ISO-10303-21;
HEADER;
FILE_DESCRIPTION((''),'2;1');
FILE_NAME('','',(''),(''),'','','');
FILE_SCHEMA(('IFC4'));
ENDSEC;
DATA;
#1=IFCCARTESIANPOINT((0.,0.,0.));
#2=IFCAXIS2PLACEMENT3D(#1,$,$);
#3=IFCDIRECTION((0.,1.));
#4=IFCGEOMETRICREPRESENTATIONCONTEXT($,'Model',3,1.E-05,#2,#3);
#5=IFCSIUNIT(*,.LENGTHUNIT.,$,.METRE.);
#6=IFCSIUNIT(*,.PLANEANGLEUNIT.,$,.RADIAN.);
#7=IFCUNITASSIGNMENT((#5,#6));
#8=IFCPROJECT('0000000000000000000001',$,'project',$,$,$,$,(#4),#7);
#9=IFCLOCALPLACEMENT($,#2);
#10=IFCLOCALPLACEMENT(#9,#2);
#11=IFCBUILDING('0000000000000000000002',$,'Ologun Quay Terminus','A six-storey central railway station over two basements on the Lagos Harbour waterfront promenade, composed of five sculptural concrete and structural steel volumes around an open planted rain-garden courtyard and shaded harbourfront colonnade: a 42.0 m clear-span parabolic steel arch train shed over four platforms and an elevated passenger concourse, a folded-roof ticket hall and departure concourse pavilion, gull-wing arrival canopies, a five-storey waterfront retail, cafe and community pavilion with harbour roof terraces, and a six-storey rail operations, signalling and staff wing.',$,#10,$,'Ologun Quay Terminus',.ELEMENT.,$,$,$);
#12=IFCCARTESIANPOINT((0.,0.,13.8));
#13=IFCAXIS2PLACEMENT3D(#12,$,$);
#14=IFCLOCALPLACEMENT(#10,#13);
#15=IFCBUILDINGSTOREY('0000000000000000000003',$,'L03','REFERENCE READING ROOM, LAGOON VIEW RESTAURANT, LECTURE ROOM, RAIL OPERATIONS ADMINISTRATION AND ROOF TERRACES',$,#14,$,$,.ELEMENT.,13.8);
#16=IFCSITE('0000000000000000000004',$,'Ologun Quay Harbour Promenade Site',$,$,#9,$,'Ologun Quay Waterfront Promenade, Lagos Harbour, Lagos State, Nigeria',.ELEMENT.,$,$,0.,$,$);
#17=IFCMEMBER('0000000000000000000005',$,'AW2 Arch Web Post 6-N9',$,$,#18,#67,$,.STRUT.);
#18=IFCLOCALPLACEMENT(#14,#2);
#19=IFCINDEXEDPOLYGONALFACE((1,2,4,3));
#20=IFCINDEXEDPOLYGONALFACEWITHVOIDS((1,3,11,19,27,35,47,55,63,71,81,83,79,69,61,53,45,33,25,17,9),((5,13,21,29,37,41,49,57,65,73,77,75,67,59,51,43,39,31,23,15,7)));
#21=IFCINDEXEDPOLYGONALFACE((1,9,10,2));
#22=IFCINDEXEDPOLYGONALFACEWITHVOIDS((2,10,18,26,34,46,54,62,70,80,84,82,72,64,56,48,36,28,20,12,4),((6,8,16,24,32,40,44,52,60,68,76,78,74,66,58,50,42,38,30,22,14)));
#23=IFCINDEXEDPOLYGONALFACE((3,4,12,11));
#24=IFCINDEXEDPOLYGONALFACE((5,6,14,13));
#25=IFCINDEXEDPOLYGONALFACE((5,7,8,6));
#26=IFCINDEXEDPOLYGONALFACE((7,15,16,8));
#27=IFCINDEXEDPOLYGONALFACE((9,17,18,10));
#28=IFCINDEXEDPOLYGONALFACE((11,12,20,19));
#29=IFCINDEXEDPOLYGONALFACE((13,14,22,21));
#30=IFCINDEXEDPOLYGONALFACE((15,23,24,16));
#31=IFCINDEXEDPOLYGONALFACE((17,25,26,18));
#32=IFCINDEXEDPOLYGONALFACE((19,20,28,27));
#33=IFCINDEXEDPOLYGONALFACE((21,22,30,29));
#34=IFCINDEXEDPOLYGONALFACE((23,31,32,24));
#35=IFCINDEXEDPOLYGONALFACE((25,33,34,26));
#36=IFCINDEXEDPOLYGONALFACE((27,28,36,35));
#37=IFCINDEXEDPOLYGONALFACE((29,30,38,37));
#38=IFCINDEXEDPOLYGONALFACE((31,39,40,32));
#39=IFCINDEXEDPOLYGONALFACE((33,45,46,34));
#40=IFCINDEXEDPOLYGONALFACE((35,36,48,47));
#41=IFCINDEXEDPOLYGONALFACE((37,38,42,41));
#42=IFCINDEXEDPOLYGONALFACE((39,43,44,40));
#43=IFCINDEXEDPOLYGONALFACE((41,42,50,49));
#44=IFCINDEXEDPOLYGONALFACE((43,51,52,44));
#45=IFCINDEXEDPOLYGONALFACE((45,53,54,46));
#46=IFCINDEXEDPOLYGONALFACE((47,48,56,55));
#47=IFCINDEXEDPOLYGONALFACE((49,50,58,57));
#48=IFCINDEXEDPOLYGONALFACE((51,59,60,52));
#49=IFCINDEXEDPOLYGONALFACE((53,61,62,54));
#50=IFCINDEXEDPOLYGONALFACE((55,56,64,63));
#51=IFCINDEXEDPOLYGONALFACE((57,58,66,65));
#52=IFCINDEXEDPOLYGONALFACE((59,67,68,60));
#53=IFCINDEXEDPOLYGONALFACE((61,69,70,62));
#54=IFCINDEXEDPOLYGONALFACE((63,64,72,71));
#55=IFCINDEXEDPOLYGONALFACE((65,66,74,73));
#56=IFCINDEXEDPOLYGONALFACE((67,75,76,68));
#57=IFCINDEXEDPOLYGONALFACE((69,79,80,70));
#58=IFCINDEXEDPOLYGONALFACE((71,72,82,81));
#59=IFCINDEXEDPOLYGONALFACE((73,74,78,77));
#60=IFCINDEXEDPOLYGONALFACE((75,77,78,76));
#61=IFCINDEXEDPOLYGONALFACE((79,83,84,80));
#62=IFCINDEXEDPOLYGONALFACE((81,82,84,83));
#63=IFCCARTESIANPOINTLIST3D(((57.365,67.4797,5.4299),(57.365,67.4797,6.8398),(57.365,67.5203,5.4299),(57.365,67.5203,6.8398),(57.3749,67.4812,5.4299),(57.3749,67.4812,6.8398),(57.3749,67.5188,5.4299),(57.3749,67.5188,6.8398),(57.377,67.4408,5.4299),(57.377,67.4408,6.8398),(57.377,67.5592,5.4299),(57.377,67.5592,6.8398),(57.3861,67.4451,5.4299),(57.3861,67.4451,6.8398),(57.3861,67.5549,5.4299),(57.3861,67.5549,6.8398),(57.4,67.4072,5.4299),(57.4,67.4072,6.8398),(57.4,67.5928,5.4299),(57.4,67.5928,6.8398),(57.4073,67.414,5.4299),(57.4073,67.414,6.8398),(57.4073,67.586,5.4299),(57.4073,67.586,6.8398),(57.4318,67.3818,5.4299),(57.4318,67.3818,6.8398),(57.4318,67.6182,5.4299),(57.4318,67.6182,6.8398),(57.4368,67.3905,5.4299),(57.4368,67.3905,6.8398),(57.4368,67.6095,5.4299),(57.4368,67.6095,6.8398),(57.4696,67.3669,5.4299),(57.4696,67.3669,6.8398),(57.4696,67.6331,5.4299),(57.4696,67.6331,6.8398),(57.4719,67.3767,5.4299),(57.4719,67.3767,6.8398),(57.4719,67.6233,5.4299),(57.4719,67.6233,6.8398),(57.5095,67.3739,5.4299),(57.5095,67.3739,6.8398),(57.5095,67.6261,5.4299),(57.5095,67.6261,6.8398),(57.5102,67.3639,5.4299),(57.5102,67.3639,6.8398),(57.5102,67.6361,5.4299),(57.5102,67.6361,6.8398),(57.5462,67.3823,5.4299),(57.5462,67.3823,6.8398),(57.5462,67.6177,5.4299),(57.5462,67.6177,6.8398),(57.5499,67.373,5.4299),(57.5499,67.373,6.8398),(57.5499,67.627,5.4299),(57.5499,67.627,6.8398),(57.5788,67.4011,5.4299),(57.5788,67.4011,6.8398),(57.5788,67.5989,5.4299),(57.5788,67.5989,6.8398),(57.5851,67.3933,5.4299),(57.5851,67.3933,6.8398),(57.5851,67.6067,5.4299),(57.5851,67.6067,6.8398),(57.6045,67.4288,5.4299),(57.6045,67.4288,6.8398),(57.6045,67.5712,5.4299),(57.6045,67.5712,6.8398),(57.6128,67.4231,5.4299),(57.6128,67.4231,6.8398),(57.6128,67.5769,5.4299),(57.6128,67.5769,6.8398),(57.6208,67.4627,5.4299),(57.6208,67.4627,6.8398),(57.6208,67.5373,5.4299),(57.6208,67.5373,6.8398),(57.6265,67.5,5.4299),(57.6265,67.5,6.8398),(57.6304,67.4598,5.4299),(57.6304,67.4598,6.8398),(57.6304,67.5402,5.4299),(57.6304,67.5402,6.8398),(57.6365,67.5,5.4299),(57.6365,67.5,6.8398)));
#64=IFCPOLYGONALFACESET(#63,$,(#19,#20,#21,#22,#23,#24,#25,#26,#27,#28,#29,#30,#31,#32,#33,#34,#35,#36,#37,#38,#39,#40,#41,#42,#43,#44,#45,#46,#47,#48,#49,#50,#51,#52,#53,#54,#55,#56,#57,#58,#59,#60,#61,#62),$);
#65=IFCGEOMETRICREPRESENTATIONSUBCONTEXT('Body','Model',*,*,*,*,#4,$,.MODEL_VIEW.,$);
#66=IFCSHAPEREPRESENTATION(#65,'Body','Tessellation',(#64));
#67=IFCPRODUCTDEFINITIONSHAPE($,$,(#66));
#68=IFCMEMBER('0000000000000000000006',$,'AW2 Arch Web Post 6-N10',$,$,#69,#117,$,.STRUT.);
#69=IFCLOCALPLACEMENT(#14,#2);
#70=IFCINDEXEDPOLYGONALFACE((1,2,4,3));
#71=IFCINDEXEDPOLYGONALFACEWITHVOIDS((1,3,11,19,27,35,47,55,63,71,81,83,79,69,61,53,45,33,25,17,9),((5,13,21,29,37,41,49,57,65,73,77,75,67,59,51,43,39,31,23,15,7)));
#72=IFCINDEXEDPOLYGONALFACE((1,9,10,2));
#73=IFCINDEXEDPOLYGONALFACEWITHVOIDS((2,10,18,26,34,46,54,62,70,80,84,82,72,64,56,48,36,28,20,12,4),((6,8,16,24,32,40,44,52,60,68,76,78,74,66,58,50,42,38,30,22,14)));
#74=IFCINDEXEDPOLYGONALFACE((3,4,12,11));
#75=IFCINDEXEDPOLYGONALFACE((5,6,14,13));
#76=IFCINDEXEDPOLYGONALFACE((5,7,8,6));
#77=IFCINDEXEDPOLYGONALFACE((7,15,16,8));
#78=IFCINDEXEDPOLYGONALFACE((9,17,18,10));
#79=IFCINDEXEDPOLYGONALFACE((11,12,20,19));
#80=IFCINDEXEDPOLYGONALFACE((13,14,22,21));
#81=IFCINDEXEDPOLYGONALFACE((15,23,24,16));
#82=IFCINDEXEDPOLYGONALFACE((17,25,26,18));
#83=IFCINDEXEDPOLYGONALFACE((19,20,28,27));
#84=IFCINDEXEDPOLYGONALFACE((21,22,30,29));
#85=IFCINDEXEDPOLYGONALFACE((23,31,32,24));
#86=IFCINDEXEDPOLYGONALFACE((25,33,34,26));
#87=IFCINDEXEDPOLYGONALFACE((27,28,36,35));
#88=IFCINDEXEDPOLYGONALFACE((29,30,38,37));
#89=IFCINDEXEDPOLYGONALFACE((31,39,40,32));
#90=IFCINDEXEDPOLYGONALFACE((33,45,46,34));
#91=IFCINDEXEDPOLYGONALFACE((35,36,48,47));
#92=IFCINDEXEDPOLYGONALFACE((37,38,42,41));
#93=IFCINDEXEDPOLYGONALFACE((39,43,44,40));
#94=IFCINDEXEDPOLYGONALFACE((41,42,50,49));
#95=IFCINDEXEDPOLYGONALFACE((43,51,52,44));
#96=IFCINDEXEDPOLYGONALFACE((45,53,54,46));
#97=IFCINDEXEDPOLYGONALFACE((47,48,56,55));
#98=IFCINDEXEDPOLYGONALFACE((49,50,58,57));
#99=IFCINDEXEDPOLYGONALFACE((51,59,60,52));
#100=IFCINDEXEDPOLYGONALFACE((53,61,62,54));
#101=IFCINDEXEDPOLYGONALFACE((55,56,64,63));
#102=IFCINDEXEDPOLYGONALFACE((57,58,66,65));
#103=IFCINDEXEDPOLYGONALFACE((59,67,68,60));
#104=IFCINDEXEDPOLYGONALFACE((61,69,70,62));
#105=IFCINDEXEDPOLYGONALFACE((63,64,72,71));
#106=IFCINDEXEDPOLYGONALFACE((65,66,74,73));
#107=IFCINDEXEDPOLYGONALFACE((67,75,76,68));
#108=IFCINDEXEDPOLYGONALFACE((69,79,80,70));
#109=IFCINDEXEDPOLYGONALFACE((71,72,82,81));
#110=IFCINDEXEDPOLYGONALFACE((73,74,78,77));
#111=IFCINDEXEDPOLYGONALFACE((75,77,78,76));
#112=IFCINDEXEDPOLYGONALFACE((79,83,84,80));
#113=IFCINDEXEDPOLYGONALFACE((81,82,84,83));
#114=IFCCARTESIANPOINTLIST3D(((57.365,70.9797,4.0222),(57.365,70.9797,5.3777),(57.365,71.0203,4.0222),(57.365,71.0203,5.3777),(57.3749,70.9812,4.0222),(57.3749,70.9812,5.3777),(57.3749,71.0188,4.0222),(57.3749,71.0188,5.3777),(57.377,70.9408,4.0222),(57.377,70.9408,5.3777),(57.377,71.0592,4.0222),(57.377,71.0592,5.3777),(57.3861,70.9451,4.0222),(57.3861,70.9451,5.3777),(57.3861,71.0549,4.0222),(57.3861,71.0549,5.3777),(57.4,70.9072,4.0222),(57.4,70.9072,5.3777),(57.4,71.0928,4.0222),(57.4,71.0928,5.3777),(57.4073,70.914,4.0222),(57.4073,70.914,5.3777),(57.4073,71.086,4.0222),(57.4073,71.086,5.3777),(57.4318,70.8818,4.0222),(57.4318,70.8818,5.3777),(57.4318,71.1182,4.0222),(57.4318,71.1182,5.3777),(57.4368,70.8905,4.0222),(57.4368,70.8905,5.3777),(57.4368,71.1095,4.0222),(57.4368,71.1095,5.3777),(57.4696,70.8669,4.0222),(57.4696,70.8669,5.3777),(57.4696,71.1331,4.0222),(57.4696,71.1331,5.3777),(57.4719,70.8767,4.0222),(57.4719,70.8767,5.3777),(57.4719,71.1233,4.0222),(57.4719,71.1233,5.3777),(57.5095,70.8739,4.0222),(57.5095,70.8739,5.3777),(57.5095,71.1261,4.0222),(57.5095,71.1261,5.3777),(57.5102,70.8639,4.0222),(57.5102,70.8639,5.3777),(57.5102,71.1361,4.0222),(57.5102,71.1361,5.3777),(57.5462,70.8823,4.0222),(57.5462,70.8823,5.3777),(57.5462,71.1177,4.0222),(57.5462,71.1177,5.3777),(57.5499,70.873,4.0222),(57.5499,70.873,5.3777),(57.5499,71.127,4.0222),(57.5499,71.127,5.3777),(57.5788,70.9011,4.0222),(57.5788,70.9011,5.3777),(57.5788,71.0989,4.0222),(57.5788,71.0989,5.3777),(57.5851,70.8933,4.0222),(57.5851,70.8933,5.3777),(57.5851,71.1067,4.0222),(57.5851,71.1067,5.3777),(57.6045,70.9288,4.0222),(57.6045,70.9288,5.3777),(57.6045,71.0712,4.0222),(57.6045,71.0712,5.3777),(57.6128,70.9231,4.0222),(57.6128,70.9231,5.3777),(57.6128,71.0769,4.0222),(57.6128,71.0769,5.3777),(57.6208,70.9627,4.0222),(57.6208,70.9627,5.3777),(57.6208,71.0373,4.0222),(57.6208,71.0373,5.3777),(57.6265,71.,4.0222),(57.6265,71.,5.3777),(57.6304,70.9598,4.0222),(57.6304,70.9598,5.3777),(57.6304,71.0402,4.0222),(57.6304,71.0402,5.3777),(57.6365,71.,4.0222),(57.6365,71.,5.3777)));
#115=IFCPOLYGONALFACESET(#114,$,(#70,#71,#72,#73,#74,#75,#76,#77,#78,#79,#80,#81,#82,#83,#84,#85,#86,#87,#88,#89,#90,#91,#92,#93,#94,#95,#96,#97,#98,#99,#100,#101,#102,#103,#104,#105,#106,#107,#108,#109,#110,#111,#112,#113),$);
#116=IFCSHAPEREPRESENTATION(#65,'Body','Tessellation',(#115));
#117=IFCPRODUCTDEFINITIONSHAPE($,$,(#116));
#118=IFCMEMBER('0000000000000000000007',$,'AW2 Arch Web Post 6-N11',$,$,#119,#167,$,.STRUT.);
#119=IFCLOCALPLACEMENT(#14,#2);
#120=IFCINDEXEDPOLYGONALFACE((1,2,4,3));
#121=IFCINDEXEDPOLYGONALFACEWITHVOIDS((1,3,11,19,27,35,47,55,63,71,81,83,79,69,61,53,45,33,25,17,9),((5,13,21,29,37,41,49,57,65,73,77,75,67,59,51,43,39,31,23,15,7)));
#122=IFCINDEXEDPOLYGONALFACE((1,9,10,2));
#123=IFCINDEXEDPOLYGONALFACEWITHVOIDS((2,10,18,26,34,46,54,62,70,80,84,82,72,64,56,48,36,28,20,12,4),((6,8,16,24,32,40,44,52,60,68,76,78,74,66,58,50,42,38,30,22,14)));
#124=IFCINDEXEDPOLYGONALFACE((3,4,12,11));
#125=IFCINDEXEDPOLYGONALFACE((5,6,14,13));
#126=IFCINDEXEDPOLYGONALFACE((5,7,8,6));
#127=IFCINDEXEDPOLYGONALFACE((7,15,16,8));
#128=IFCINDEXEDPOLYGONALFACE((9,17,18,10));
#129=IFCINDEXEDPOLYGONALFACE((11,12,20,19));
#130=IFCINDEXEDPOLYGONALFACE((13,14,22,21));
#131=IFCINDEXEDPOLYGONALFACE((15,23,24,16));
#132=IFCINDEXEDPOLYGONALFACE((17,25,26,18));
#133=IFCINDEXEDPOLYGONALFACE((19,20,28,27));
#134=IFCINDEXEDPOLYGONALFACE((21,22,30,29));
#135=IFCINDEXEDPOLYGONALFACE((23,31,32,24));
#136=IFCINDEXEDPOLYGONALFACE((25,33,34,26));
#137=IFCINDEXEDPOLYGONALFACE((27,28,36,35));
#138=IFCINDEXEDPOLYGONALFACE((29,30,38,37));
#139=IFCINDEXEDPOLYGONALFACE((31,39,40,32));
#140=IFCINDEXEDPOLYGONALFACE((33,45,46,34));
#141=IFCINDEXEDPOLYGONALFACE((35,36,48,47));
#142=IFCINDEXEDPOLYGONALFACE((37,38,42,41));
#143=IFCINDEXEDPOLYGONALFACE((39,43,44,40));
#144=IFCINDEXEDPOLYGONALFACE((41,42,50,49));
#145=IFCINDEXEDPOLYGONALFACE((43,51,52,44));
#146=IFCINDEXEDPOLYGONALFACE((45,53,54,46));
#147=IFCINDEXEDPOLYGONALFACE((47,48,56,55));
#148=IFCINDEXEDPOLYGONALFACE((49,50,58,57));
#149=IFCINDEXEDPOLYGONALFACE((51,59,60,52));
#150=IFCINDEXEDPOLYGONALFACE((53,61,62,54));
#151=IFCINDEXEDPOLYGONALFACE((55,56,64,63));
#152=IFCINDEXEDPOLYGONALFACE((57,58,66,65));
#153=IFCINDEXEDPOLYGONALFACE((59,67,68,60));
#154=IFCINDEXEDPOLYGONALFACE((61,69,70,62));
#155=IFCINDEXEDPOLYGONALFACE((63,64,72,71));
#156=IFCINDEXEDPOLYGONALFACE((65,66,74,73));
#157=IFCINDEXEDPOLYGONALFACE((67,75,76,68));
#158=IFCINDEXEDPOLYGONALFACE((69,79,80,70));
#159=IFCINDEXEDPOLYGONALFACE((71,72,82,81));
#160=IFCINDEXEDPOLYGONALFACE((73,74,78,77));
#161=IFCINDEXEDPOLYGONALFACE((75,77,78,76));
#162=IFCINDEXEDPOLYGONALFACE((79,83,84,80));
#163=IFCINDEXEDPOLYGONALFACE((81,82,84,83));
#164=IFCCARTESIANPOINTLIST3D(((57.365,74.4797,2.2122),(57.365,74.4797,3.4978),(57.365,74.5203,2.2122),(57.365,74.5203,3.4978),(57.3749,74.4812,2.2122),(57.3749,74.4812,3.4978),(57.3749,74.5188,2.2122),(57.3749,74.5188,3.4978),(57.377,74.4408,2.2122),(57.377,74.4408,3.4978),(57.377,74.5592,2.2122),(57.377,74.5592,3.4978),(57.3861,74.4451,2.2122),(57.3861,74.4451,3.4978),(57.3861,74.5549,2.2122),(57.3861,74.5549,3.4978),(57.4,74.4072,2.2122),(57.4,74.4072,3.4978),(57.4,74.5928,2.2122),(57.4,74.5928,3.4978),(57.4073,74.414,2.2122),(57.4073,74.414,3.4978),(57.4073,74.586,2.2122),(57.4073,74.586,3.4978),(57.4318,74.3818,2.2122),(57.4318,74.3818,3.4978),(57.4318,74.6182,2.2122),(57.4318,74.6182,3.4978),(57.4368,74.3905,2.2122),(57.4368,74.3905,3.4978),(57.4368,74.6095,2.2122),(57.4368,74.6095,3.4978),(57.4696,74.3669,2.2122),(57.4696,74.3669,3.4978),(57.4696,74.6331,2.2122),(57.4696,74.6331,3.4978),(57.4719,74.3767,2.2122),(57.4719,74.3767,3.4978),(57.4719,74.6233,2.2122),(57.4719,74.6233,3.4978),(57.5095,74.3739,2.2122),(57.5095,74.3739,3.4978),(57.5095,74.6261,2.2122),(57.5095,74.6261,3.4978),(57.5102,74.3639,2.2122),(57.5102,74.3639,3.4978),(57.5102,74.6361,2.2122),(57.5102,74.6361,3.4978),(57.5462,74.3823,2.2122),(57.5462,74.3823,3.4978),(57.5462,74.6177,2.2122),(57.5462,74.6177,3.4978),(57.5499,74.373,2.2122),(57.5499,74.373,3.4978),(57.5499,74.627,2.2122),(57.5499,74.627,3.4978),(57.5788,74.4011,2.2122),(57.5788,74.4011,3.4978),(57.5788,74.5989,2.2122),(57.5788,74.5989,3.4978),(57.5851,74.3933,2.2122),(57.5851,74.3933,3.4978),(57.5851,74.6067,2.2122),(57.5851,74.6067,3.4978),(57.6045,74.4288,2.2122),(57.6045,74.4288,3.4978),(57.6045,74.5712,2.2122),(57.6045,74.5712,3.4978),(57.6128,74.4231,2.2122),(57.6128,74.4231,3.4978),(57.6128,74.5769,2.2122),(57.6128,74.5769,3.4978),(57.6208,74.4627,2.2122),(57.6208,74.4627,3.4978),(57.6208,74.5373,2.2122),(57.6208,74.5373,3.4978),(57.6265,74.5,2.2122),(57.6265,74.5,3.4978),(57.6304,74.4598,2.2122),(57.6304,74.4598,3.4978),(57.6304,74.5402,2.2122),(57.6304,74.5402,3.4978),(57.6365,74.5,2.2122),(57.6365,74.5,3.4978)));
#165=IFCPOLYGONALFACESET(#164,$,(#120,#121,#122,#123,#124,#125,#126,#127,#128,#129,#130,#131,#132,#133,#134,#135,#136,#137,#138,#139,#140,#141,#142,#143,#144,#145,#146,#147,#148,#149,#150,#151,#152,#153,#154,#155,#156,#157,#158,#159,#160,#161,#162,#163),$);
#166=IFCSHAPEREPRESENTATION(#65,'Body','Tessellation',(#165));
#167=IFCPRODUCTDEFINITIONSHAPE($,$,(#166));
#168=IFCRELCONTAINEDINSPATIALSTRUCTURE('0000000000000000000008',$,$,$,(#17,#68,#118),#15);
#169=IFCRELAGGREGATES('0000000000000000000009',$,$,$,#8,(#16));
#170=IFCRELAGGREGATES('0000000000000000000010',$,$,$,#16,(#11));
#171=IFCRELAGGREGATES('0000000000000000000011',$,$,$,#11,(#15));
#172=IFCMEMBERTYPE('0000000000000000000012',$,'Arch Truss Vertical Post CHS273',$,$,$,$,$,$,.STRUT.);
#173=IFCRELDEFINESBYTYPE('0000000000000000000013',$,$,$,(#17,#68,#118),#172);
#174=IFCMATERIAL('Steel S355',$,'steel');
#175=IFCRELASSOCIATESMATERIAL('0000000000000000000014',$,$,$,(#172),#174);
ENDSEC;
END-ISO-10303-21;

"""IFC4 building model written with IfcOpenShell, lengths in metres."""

from ifc_helpers import new_model, si_unit, direction, frame, origin, origin_2d, place, context, subcontext, project, spatial, hollow_circle, extrude, material, material_profile, profile_set, type_object, element, save


model = new_model("IFC4")

# Units and contexts
model_context = context("Model", 3, precision=1e-05, world=origin(), true_north=direction((0.0, 1.0)))
body_context = subcontext(model_context, "Body", "Model", "MODEL_VIEW")
ifc_project = project(units=[si_unit("LENGTHUNIT", "METRE"), si_unit("PLANEANGLEUNIT", "RADIAN")], contexts=[model_context])

# Site, building, storey
site_placement = place(None, origin())
site = spatial("IfcSite", under=ifc_project, at=site_placement, Name="Ologun Quay Harbour Promenade Site", LongName="Ologun Quay Waterfront Promenade, Lagos Harbour, Lagos State, Nigeria", CompositionType="ELEMENT", RefElevation=0.0)
building_placement = place(site_placement, origin())
building = spatial("IfcBuilding", under=site, at=building_placement, Name="Ologun Quay Terminus", Description="A six-storey central railway station over two basements on the Lagos Harbour waterfront promenade, composed of five sculptural concrete and structural steel volumes around an open planted rain-garden courtyard and shaded harbourfront colonnade: a 42.0 m clear-span parabolic steel arch train shed over four platforms and an elevated passenger concourse, a folded-roof ticket hall and departure concourse pavilion, gull-wing arrival canopies, a five-storey waterfront retail, cafe and community pavilion with harbour roof terraces, and a six-storey rail operations, signalling and staff wing.", LongName="Ologun Quay Terminus", CompositionType="ELEMENT")
storey_placement = place(building_placement, frame((0.0, 0.0, 13.8)))
storey = spatial("IfcBuildingStorey", under=building, at=storey_placement, Name="L03", Description="REFERENCE READING ROOM, LAGOON VIEW RESTAURANT, LECTURE ROOM, RAIL OPERATIONS ADMINISTRATION AND ROOF TERRACES", CompositionType="ELEMENT", Elevation=13.8)

# Members
ifc_material_1 = material(Name="Steel S355", Category="steel")
ifc_material_profile_1 = material_profile(ifc_material_1, hollow_circle(Radius=0.1365, WallThickness=0.01, at=origin_2d()), Name="CHS 273x10")
ifc_profile_set_1 = profile_set([ifc_material_profile_1], Name="Steel S355")
member_type_1 = type_object("IfcMemberType", Name="Arch Truss Vertical Post CHS273", PredefinedType="STRUT", material=ifc_profile_set_1)
member_1_placement = place(storey_placement, frame((57.5, 67.5, 5.4299), z_axis=(0.0, 0.0, 1.0), x_axis=(1.0, 0.0, 0.0)))
element("IfcMember", 1, at=member_1_placement, inside=storey, type_object=member_type_1, Name="AW2 Arch Web Post 6-N9", PredefinedType="STRUT", context=body_context, shape_type="SweptSolid", body=[
    extrude(hollow_circle(Radius=0.1365, WallThickness=0.01, at=origin_2d()), origin(), (0.0, 0.0, 1.0), 1.4099),
])
member_2_placement = place(storey_placement, frame((57.5, 71.0, 4.0222), z_axis=(0.0, 0.0, 1.0), x_axis=(1.0, 0.0, 0.0)))
element("IfcMember", 2, at=member_2_placement, inside=storey, type_object=member_type_1, Name="AW2 Arch Web Post 6-N10", PredefinedType="STRUT", context=body_context, shape_type="SweptSolid", body=[
    extrude(hollow_circle(Radius=0.1365, WallThickness=0.01, at=origin_2d()), origin(), (0.0, 0.0, 1.0), 1.3555),
])
member_3_placement = place(storey_placement, frame((57.5, 74.5, 2.2122), z_axis=(0.0, 0.0, 1.0), x_axis=(1.0, 0.0, 0.0)))
element("IfcMember", 3, at=member_3_placement, inside=storey, type_object=member_type_1, Name="AW2 Arch Web Post 6-N11", PredefinedType="STRUT", context=body_context, shape_type="SweptSolid", body=[
    extrude(hollow_circle(Radius=0.1365, WallThickness=0.01, at=origin_2d()), origin(), (0.0, 0.0, 1.0), 1.2856),
])

save(model, "model.ifc")
